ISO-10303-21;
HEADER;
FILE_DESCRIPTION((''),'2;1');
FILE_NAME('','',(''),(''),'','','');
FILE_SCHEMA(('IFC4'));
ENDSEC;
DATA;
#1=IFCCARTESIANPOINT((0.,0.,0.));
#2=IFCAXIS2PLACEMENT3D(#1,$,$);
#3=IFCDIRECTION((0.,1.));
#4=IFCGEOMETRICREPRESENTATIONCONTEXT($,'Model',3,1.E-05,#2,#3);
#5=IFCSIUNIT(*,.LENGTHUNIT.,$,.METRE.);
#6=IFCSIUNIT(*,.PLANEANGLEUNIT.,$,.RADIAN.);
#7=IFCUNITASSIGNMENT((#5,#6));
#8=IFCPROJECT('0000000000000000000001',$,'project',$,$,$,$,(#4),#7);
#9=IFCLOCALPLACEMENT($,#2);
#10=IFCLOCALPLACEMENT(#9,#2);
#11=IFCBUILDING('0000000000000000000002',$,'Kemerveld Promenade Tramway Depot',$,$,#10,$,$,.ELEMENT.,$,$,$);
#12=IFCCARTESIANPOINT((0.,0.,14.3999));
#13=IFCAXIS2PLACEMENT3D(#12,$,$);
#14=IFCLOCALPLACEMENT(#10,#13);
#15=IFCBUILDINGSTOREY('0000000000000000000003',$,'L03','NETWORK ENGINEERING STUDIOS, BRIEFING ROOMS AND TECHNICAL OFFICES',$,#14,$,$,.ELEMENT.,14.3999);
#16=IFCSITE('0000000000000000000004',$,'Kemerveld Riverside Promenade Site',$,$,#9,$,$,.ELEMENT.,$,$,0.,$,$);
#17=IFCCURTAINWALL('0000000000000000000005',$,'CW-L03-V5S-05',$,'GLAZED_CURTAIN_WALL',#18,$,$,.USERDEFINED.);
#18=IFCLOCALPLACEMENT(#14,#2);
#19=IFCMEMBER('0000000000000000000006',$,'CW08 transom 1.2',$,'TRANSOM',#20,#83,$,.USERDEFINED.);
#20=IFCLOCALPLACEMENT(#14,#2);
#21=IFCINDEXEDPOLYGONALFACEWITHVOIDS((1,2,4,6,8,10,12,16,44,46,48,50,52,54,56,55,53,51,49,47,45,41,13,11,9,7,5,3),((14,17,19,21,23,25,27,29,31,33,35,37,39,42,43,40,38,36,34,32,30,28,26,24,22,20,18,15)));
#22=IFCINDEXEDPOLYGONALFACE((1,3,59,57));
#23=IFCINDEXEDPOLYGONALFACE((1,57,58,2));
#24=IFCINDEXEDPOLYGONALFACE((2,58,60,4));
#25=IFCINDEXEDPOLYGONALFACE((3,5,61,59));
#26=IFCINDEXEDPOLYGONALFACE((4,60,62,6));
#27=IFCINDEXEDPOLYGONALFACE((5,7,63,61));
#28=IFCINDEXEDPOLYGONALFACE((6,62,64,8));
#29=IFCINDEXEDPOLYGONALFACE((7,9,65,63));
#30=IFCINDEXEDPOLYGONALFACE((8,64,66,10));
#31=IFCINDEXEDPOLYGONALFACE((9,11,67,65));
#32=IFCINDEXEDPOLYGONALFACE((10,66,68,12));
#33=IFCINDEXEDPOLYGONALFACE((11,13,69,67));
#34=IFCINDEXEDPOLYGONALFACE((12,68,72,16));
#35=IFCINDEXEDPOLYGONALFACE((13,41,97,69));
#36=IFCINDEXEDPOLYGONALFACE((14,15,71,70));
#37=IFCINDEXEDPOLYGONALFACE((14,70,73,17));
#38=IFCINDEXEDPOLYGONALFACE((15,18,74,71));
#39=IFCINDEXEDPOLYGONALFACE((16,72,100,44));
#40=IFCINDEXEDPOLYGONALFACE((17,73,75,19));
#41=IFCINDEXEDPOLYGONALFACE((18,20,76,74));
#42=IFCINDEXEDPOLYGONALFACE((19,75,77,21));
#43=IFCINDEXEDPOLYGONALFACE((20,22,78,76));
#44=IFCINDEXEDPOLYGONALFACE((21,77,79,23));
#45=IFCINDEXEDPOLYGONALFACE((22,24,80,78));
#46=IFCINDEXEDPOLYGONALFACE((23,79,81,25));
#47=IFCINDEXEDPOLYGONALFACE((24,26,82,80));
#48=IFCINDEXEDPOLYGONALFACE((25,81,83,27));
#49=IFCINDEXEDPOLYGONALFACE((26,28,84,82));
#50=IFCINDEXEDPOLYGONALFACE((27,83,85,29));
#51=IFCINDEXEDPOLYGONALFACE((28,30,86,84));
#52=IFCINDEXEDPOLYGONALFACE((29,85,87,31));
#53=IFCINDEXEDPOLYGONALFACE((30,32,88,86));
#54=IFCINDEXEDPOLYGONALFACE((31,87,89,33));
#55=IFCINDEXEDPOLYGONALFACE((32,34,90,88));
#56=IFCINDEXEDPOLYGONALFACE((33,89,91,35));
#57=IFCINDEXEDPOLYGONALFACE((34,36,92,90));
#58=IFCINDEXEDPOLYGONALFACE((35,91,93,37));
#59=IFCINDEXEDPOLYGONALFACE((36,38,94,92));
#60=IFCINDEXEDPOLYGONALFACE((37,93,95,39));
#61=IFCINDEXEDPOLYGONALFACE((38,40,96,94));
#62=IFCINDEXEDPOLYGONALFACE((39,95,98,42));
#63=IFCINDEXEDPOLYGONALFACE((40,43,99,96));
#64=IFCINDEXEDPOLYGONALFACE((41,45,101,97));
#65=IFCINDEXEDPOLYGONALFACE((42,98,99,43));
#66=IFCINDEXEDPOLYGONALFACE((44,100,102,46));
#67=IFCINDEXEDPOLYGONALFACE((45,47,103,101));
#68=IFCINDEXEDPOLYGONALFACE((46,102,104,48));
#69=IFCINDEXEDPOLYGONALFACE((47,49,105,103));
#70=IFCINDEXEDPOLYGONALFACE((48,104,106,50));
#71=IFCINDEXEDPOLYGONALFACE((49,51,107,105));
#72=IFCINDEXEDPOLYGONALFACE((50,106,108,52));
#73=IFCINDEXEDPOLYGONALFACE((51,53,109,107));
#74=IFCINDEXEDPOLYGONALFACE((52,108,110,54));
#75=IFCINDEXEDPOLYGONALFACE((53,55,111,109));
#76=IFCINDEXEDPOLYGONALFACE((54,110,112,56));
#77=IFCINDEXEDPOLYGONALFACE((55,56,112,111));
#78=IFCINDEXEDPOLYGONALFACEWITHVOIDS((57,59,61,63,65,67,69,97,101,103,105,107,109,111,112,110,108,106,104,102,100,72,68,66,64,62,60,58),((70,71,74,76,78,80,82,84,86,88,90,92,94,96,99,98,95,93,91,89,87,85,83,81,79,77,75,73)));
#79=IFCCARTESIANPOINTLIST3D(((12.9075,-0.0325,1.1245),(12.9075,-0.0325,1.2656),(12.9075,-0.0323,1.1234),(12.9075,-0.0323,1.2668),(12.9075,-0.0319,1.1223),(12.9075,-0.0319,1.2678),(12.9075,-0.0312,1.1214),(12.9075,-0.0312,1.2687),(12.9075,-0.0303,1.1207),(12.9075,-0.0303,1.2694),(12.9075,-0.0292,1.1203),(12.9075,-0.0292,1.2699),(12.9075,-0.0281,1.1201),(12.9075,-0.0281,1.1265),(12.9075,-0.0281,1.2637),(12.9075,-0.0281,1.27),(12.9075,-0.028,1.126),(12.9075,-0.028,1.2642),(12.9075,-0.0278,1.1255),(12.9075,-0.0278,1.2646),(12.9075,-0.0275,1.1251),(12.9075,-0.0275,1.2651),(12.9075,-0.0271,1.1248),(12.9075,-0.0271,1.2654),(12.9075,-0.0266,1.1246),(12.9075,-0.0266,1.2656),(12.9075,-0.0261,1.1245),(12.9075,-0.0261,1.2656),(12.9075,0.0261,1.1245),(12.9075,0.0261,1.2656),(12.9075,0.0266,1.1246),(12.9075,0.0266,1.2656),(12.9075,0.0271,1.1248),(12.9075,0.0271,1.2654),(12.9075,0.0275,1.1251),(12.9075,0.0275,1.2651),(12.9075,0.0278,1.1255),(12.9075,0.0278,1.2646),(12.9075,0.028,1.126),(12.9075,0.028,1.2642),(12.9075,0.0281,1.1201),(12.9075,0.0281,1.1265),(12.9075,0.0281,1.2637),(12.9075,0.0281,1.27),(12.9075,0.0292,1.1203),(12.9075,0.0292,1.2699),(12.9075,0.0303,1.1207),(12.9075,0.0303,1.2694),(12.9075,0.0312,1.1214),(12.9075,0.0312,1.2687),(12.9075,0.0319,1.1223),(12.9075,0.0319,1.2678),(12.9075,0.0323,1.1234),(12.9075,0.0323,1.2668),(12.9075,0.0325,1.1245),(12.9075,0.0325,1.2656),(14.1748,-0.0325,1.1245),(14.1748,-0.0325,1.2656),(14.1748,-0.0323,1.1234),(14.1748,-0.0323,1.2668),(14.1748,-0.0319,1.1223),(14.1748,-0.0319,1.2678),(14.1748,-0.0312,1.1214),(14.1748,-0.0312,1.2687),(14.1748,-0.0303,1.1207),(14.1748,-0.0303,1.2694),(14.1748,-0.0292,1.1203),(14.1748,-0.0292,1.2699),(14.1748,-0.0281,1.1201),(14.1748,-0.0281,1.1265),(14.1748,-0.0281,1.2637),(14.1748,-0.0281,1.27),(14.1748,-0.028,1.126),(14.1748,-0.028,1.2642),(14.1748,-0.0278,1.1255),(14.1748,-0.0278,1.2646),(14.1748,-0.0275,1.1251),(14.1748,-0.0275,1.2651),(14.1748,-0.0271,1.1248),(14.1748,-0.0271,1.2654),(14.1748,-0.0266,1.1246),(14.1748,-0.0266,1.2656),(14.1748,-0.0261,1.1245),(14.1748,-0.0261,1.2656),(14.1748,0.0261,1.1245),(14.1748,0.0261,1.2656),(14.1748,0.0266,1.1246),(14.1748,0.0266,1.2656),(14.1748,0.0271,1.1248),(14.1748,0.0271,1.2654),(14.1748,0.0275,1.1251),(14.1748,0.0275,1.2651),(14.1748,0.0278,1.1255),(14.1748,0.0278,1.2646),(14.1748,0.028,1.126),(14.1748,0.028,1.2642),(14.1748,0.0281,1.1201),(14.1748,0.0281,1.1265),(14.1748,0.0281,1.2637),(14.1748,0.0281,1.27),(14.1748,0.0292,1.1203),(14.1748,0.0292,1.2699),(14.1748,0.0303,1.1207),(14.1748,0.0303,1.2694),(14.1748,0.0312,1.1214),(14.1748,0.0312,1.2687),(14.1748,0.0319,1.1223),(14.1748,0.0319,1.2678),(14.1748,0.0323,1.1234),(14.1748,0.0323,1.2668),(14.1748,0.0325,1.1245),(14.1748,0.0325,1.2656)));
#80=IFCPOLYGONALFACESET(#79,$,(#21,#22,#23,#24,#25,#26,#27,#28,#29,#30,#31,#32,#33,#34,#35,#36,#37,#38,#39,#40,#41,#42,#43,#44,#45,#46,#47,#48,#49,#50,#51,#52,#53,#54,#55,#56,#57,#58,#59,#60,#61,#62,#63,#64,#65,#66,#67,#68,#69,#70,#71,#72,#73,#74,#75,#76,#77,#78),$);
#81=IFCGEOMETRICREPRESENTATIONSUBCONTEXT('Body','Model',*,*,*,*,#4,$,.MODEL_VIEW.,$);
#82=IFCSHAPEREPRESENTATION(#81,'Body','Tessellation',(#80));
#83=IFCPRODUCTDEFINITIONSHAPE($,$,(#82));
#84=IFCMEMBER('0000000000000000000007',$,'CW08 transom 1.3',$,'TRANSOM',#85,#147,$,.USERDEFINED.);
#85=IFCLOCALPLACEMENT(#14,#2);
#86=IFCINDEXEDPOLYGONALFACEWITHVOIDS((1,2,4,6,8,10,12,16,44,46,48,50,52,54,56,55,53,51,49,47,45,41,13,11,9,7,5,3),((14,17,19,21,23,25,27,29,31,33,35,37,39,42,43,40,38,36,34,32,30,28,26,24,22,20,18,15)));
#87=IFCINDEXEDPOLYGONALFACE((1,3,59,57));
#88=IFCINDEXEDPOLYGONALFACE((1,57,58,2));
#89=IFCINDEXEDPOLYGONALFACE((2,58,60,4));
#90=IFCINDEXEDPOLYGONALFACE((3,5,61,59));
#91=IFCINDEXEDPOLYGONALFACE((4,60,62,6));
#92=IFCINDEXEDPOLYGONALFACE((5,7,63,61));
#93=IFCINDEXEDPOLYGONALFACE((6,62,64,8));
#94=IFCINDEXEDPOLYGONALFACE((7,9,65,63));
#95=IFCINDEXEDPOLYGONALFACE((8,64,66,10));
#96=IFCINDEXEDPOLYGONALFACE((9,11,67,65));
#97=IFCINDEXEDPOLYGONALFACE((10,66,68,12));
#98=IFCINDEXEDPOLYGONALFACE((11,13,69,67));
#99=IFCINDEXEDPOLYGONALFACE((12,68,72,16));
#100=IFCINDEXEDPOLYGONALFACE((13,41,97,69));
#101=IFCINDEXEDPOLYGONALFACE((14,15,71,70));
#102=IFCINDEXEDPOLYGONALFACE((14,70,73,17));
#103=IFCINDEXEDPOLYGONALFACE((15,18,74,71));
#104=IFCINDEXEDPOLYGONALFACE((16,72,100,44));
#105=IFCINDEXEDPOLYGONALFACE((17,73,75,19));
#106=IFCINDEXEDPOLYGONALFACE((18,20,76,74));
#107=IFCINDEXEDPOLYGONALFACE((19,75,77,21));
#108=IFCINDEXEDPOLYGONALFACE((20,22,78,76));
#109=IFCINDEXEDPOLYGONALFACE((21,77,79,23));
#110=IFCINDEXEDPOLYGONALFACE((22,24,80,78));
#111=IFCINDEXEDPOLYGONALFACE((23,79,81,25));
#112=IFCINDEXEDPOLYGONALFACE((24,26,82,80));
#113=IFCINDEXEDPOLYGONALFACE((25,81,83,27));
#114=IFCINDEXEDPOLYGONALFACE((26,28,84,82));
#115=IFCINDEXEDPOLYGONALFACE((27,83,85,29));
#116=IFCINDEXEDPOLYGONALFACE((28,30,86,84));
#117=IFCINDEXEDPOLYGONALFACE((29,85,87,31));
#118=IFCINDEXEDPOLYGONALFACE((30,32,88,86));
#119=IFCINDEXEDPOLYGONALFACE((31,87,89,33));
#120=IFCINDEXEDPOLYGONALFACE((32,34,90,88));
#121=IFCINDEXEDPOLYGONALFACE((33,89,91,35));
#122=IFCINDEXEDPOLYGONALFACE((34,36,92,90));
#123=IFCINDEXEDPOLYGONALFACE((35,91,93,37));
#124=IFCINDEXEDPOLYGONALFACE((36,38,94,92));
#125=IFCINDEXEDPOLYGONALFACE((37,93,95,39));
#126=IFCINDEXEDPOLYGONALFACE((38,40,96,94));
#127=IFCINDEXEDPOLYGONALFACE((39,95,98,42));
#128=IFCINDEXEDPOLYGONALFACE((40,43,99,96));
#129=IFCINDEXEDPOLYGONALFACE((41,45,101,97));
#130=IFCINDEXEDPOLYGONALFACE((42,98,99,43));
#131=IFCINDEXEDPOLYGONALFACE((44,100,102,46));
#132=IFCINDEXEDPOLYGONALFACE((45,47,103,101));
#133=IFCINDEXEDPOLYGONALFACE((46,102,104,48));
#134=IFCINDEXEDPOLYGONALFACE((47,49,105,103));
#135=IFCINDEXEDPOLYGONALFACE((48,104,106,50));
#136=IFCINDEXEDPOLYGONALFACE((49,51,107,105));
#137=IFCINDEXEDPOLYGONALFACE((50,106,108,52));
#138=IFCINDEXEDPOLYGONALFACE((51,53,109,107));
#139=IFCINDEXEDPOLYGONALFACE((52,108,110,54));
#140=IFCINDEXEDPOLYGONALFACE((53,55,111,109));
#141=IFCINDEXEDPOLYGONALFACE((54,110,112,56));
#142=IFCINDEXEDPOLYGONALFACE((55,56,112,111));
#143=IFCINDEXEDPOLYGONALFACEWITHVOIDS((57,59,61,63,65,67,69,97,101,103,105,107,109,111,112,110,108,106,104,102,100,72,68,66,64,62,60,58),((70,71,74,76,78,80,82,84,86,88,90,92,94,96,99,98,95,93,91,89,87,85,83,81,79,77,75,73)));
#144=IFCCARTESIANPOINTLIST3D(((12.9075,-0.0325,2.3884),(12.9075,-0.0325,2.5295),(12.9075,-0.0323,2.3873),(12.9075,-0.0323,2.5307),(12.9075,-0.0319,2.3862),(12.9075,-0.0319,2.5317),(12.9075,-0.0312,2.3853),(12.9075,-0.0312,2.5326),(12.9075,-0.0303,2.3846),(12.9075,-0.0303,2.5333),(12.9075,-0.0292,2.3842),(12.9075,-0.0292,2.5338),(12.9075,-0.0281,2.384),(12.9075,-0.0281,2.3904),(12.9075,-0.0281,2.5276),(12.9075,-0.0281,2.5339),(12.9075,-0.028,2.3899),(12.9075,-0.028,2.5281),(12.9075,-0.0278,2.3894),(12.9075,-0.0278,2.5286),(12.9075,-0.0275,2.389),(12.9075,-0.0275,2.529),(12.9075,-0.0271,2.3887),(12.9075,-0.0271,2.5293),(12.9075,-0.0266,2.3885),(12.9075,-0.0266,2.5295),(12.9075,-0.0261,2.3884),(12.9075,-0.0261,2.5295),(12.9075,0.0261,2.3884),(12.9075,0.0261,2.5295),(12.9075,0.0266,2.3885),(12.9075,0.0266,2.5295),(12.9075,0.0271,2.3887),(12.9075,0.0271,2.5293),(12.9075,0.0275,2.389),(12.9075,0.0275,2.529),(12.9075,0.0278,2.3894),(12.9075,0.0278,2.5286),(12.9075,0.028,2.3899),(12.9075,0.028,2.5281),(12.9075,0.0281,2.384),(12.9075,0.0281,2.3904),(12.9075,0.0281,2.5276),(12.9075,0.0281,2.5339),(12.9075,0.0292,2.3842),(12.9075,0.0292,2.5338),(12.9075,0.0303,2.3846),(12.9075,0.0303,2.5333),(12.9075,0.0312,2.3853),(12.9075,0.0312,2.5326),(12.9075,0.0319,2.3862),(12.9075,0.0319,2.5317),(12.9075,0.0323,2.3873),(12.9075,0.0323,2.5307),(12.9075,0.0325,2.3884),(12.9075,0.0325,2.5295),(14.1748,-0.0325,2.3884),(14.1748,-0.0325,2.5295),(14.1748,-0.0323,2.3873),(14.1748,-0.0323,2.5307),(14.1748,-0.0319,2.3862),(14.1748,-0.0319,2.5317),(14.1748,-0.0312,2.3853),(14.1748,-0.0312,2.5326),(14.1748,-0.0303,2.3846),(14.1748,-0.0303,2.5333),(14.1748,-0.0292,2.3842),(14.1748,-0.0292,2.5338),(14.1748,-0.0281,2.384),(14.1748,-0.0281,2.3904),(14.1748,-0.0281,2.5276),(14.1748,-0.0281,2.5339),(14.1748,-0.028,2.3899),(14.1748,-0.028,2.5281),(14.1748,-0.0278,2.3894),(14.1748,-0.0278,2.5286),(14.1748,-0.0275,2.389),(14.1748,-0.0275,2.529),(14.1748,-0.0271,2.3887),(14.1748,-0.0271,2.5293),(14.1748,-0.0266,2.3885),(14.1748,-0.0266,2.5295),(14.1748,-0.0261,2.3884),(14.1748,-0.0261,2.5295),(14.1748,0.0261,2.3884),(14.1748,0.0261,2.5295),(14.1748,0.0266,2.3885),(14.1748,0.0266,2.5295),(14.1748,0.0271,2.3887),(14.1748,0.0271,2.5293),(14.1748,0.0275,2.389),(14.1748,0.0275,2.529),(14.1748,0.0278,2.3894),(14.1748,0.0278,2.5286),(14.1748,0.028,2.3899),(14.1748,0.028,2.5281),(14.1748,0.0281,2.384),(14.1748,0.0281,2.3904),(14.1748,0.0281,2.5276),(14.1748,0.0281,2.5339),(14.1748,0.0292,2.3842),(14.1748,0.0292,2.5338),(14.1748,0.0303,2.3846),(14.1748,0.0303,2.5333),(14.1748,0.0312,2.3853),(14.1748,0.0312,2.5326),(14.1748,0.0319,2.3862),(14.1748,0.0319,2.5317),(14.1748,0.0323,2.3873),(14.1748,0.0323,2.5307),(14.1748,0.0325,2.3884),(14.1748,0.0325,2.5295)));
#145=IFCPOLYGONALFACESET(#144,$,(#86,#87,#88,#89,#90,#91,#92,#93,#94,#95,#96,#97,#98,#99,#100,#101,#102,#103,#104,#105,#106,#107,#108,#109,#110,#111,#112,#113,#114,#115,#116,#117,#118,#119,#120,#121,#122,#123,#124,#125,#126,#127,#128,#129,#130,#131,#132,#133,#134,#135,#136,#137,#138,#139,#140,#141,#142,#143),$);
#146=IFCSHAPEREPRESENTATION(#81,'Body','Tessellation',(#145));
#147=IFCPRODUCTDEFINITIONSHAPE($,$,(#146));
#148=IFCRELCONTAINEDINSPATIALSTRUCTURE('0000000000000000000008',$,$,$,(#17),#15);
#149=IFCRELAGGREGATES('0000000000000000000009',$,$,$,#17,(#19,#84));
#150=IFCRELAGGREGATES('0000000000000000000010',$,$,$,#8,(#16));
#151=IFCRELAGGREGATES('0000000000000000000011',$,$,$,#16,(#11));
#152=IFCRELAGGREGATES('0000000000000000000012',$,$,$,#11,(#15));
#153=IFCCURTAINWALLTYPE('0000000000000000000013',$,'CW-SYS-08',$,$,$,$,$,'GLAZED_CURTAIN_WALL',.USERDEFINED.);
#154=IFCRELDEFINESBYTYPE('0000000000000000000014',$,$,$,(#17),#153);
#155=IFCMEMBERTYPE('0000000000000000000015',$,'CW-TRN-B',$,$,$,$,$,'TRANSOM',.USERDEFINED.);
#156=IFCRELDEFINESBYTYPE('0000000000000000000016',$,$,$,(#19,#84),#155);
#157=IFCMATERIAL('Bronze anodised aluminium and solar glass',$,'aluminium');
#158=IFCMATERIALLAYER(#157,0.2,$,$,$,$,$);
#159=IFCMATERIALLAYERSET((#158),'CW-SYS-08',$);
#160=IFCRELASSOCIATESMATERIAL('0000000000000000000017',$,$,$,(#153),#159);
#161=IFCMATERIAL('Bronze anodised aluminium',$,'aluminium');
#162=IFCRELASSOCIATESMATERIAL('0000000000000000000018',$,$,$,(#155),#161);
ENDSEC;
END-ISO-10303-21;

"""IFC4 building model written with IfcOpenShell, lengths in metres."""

from ifc_helpers import new_model, si_unit, direction, frame, origin, origin_2d, place, context, subcontext, project, spatial, hollow_rectangle, extrude, material, layer, layer_set, material_profile, profile_set, type_object, element, aggregate, save


model = new_model("IFC4")

# Units and contexts
model_context = context("Model", 3, precision=1e-05, world=origin(), true_north=direction((0.0, 1.0)))
body_context = subcontext(model_context, "Body", "Model", "MODEL_VIEW")
ifc_project = project(units=[si_unit("LENGTHUNIT", "METRE"), si_unit("PLANEANGLEUNIT", "RADIAN")], contexts=[model_context])

# Site, building, storey
site_placement = place(None, origin())
site = spatial("IfcSite", under=ifc_project, at=site_placement, Name="Kemerveld Riverside Promenade Site", CompositionType="ELEMENT", RefElevation=0.0)
building_placement = place(site_placement, origin())
building = spatial("IfcBuilding", under=site, at=building_placement, Name="Kemerveld Promenade Tramway Depot", CompositionType="ELEMENT")
storey_placement = place(building_placement, frame((0.0, 0.0, 14.3999)))
storey = spatial("IfcBuildingStorey", under=building, at=storey_placement, Name="L03", Description="NETWORK ENGINEERING STUDIOS, BRIEFING ROOMS AND TECHNICAL OFFICES", CompositionType="ELEMENT", Elevation=14.3999)

# Curtain wall, members
ifc_material_1 = material(Name="Bronze anodised aluminium and solar glass", Category="aluminium")
ifc_layer_1 = layer(ifc_material_1, 0.2)
ifc_layer_set_1 = layer_set([ifc_layer_1], Name="CW-SYS-08")
curtain_wall_type = type_object("IfcCurtainWallType", Name="CW-SYS-08", ElementType="GLAZED_CURTAIN_WALL", PredefinedType="USERDEFINED", material=ifc_layer_set_1)
curtain_wall_placement = place(storey_placement, origin())
curtain_wall = element("IfcCurtainWall", 1, at=curtain_wall_placement, inside=storey, type_object=curtain_wall_type, Name="CW-L03-V5S-05", ObjectType="GLAZED_CURTAIN_WALL", PredefinedType="USERDEFINED")
ifc_material_2 = material(Name="Bronze anodised aluminium", Category="aluminium")
ifc_material_profile_1 = material_profile(ifc_material_2, hollow_rectangle(XDim=0.0649, YDim=0.1499, WallThickness=0.0044, InnerFilletRadius=0.002, OuterFilletRadius=0.0044, at=origin_2d()), Name="CW-TRN-150x65")
ifc_profile_set_1 = profile_set([ifc_material_profile_1], Name="Bronze anodised aluminium")
member_type_1 = type_object("IfcMemberType", Name="CW-TRN-B", ElementType="TRANSOM", PredefinedType="USERDEFINED", material=ifc_profile_set_1)
member_1_placement = place(storey_placement, frame((14.1748, 0.0, 1.1951), z_axis=(-1.0, 0.0, 0.0), x_axis=(0.0, -1.0, 0.0)))
member_1 = element("IfcMember", 2, at=member_1_placement, type_object=member_type_1, Name="CW08 transom 1.2", ObjectType="TRANSOM", PredefinedType="USERDEFINED", context=body_context, shape_type="SweptSolid", body=[
    extrude(hollow_rectangle(XDim=0.0649, YDim=0.1499, WallThickness=0.0044, InnerFilletRadius=0.002, OuterFilletRadius=0.0044, at=origin_2d()), origin(), (0.0, 0.0, 1.0), 1.2673),
])
member_2_placement = place(storey_placement, frame((14.1748, 0.0, 2.459), z_axis=(-1.0, 0.0, 0.0), x_axis=(0.0, -1.0, 0.0)))
member_2 = element("IfcMember", 3, at=member_2_placement, type_object=member_type_1, Name="CW08 transom 1.3", ObjectType="TRANSOM", PredefinedType="USERDEFINED", context=body_context, shape_type="SweptSolid", body=[
    extrude(hollow_rectangle(XDim=0.0649, YDim=0.1499, WallThickness=0.0044, InnerFilletRadius=0.002, OuterFilletRadius=0.0044, at=origin_2d()), origin(), (0.0, 0.0, 1.0), 1.2673),
])
aggregate(curtain_wall, [member_1, member_2])

save(model, "model.ifc")
